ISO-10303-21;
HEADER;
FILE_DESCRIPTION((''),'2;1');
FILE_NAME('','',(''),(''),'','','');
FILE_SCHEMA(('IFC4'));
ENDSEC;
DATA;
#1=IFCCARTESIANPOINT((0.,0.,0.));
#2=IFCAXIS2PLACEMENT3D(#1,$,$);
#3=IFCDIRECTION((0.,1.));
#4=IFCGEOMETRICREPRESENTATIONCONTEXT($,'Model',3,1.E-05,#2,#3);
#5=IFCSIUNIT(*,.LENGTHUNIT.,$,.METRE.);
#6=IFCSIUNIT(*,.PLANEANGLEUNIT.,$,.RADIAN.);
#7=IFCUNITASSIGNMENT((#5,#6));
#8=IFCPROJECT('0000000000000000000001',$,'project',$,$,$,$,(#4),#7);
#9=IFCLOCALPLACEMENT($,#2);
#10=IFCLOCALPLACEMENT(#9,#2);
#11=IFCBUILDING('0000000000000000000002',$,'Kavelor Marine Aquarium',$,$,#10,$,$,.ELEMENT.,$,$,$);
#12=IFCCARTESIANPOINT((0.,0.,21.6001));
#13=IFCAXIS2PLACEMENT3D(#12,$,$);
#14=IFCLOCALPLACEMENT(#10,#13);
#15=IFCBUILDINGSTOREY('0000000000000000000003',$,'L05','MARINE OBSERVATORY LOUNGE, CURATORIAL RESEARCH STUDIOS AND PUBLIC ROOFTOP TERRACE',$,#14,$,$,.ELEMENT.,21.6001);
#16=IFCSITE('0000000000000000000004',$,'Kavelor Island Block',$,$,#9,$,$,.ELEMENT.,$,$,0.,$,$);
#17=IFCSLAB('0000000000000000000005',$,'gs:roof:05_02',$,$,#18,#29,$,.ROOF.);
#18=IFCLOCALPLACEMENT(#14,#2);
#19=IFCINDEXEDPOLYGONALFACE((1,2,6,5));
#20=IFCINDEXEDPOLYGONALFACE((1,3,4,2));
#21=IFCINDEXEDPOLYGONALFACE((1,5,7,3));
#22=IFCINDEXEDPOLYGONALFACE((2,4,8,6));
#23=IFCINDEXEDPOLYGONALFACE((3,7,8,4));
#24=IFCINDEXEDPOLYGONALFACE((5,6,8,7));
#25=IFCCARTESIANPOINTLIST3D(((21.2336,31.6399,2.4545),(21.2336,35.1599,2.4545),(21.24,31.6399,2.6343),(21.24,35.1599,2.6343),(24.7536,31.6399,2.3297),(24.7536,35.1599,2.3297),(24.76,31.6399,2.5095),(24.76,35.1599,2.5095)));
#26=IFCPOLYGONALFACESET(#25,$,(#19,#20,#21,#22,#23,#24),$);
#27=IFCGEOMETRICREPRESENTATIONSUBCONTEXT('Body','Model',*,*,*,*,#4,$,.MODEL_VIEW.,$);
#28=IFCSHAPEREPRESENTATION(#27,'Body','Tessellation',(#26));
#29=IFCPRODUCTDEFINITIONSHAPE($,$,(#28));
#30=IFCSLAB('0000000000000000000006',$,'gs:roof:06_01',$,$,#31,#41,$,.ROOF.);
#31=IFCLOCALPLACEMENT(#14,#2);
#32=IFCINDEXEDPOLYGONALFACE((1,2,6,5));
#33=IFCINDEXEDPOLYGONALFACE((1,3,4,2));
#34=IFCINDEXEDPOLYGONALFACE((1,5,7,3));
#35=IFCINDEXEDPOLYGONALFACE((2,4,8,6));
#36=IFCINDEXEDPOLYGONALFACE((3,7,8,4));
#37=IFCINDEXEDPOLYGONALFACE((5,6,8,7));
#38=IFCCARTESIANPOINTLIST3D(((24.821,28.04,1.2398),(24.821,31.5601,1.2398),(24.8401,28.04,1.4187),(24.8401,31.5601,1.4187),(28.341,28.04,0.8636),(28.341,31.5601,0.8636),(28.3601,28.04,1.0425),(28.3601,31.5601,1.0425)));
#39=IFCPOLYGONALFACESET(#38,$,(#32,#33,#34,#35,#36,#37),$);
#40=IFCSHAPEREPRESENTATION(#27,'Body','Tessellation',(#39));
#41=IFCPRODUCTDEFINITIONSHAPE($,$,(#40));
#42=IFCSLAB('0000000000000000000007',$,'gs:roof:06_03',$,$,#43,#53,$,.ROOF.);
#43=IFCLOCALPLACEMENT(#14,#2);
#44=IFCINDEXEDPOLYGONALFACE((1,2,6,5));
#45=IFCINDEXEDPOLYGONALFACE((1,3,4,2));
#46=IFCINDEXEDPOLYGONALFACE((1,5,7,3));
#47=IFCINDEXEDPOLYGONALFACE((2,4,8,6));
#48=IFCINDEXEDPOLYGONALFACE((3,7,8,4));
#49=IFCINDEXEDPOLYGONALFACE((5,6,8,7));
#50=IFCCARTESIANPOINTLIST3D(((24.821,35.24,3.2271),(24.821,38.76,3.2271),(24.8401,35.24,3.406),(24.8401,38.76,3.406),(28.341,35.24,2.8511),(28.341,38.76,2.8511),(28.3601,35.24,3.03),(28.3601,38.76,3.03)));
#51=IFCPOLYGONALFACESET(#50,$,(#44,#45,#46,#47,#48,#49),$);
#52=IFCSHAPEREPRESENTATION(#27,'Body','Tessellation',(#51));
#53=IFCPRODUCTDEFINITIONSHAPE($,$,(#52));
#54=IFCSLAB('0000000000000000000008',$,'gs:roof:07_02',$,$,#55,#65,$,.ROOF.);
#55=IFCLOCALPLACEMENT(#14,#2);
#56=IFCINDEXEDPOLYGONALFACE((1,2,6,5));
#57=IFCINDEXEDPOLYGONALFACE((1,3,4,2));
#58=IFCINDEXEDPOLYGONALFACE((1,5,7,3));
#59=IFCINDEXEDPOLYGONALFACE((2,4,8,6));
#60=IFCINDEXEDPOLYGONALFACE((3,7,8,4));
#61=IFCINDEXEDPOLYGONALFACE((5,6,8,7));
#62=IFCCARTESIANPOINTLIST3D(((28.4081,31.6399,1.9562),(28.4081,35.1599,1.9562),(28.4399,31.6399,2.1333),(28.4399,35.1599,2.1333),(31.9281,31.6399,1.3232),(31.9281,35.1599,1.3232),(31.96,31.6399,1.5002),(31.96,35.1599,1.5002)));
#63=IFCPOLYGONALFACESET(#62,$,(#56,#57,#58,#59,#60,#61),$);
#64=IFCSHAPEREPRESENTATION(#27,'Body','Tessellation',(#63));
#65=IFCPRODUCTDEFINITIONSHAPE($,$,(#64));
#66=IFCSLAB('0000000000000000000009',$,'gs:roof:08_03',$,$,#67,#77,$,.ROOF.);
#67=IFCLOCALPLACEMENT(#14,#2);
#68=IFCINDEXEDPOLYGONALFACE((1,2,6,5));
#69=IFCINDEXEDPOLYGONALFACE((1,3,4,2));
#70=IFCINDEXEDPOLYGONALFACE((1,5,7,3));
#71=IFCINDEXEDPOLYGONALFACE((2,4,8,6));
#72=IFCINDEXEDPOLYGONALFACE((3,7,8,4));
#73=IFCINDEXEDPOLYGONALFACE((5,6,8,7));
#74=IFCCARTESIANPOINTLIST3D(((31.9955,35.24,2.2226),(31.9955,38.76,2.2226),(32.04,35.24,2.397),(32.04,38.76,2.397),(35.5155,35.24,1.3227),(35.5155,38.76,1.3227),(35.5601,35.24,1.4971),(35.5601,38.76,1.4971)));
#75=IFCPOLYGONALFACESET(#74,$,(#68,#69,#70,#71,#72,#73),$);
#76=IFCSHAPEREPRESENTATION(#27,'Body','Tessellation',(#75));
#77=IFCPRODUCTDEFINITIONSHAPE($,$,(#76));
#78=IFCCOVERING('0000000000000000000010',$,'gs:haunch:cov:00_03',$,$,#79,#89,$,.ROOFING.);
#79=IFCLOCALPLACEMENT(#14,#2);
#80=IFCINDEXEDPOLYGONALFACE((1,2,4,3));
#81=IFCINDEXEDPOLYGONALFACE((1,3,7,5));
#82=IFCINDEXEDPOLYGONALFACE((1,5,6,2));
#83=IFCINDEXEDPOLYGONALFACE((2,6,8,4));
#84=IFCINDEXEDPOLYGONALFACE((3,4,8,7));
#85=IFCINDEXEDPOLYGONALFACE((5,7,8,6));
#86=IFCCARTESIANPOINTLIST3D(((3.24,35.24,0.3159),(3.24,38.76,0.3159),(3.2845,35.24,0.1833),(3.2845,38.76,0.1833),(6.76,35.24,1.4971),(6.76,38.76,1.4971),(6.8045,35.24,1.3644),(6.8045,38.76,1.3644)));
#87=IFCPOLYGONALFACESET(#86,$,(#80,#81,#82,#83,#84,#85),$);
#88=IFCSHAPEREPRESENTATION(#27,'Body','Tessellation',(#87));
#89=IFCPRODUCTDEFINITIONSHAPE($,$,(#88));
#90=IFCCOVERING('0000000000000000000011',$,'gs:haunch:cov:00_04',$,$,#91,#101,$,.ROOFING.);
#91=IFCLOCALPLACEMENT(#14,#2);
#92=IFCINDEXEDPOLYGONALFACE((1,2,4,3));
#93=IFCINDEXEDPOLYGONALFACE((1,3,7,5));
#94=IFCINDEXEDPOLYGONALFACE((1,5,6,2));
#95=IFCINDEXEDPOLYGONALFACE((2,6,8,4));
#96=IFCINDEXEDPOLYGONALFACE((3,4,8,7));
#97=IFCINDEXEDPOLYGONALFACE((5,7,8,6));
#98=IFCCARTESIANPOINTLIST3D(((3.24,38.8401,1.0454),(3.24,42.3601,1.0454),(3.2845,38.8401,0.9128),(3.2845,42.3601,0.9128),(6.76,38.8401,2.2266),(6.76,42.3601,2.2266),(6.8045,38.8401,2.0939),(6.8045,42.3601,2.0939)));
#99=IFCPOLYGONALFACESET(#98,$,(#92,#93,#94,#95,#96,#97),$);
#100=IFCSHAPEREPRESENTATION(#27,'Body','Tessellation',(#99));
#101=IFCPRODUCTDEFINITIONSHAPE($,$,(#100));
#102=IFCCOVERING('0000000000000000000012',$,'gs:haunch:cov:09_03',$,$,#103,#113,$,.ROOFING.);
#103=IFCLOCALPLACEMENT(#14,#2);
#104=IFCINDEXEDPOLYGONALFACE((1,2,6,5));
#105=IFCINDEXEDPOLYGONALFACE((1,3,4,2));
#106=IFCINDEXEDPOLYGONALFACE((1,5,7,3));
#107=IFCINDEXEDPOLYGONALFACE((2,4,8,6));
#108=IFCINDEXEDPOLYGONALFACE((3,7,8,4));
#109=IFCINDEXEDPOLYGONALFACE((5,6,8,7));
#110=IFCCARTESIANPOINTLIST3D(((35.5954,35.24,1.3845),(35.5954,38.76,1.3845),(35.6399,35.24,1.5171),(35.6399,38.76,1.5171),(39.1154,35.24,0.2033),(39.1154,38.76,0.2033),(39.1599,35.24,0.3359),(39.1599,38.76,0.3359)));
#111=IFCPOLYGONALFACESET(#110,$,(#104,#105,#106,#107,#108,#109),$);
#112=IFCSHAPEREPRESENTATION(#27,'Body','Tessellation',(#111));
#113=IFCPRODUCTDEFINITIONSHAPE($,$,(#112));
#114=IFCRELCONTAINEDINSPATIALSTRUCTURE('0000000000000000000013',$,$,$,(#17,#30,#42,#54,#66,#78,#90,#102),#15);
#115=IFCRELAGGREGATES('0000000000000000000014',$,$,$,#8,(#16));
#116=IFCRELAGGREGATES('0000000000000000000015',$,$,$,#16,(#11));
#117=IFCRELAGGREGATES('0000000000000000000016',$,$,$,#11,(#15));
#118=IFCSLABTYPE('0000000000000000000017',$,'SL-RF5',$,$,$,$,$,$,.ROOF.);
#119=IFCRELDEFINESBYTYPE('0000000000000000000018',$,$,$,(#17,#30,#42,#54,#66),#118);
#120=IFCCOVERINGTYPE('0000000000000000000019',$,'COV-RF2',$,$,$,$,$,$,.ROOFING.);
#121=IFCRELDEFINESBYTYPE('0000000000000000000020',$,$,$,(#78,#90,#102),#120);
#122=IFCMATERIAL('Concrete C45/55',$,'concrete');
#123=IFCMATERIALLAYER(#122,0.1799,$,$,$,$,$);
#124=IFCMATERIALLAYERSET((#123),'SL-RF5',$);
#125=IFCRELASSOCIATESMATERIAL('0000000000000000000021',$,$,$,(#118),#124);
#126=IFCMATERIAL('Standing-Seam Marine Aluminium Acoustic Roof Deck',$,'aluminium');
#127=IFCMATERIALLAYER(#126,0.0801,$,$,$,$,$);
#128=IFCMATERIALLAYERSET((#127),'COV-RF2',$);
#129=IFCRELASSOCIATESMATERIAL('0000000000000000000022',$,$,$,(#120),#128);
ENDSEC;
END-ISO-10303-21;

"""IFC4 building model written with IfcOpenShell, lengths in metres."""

from ifc_helpers import new_model, si_unit, direction, frame, origin, place, context, subcontext, project, spatial, polyline, outline, extrude, material, layer, layer_set, type_object, element, save


model = new_model("IFC4")

# Units and contexts
model_context = context("Model", 3, precision=1e-05, world=origin(), true_north=direction((0.0, 1.0)))
body_context = subcontext(model_context, "Body", "Model", "MODEL_VIEW")
ifc_project = project(units=[si_unit("LENGTHUNIT", "METRE"), si_unit("PLANEANGLEUNIT", "RADIAN")], contexts=[model_context])

# Site, building, storey
site_placement = place(None, origin())
site = spatial("IfcSite", under=ifc_project, at=site_placement, Name="Kavelor Island Block", CompositionType="ELEMENT", RefElevation=0.0)
building_placement = place(site_placement, origin())
building = spatial("IfcBuilding", under=site, at=building_placement, Name="Kavelor Marine Aquarium", CompositionType="ELEMENT")
storey_placement = place(building_placement, frame((0.0, 0.0, 21.6001)))
storey = spatial("IfcBuildingStorey", under=building, at=storey_placement, Name="L05", Description="MARINE OBSERVATORY LOUNGE, CURATORIAL RESEARCH STUDIOS AND PUBLIC ROOFTOP TERRACE", CompositionType="ELEMENT", Elevation=21.6001)

# Slabs
ifc_material_1 = material(Name="Concrete C45/55", Category="concrete")
ifc_layer_1 = layer(ifc_material_1, 0.1799)
ifc_layer_set_1 = layer_set([ifc_layer_1], Name="SL-RF5")
slab_type_1 = type_object("IfcSlabType", Name="SL-RF5", PredefinedType="ROOF", material=ifc_layer_set_1)
for number, where, z_axis, x_axis, name in (
    (1, (21.24, 31.6399, 2.6343), (0.03542, 0.0, 0.999373), (0.999373, 0.0, -0.03542), "gs:roof:05_02"),
):
    element("IfcSlab", number, at=place(storey_placement, frame(where, z_axis=z_axis, x_axis=x_axis)), inside=storey, type_object=slab_type_1, Name=name, PredefinedType="ROOF", context=body_context, shape_type="SweptSolid", body=[
        extrude(outline(polyline([(0.0, 0.0), (3.5222, 0.0), (3.5222, 3.52), (0.0, 3.52), (0.0, 0.0)])), origin(), (0.0, 0.0, -1.0), 0.1799),
    ])
slab_1_placement = place(storey_placement, frame((24.8401, 28.04, 1.4187), z_axis=(0.106275, 0.0, 0.994337), x_axis=(0.994337, 0.0, -0.106275)))
element("IfcSlab", 2, at=slab_1_placement, inside=storey, type_object=slab_type_1, Name="gs:roof:06_01", PredefinedType="ROOF", context=body_context, shape_type="SweptSolid", body=[
    extrude(outline(polyline([(0.0, 0.0), (3.5401, 0.0), (3.5401, 3.52), (0.0, 3.52), (0.0, 0.0)])), origin(), (0.0, 0.0, -1.0), 0.1799),
])
slab_2_placement = place(storey_placement, frame((24.8401, 35.24, 3.406), z_axis=(0.106207, 0.0, 0.994344), x_axis=(0.994344, 0.0, -0.106207)))
element("IfcSlab", 3, at=slab_2_placement, inside=storey, type_object=slab_type_1, Name="gs:roof:06_03", PredefinedType="ROOF", context=body_context, shape_type="SweptSolid", body=[
    extrude(outline(polyline([(0.0, 0.0), (3.54, 0.0), (3.54, 3.52), (0.0, 3.52), (0.0, 0.0)])), origin(), (0.0, 0.0, -1.0), 0.1799),
])
slab_3_placement = place(storey_placement, frame((28.4399, 31.6399, 2.1333), z_axis=(0.177005, 0.0, 0.98421), x_axis=(0.98421, 0.0, -0.177005)))
element("IfcSlab", 4, at=slab_3_placement, inside=storey, type_object=slab_type_1, Name="gs:roof:07_02", PredefinedType="ROOF", context=body_context, shape_type="SweptSolid", body=[
    extrude(outline(polyline([(0.0, 0.0), (3.5765, 0.0), (3.5765, 3.52), (0.0, 3.52), (0.0, 0.0)])), origin(), (0.0, 0.0, -1.0), 0.1799),
])
slab_4_placement = place(storey_placement, frame((32.04, 35.24, 2.397), z_axis=(0.247687, 0.0, 0.96884), x_axis=(0.96884, 0.0, -0.247687)))
element("IfcSlab", 5, at=slab_4_placement, inside=storey, type_object=slab_type_1, Name="gs:roof:08_03", PredefinedType="ROOF", context=body_context, shape_type="SweptSolid", body=[
    extrude(outline(polyline([(0.0, 0.0), (3.6332, 0.0), (3.6332, 3.52), (0.0, 3.52), (0.0, 0.0)])), origin(), (0.0, 0.0, -1.0), 0.1799),
])

# Coverings
ifc_material_2 = material(Name="Standing-Seam Marine Aluminium Acoustic Roof Deck", Category="aluminium")
ifc_layer_2 = layer(ifc_material_2, 0.0801)
ifc_layer_set_2 = layer_set([ifc_layer_2], Name="COV-RF2")
covering_type = type_object("IfcCoveringType", Name="COV-RF2", PredefinedType="ROOFING", material=ifc_layer_set_2)
for number, where, z_axis, x_axis, name in (
    (6, (3.24, 35.24, 0.3159), (-0.318121, 0.0, 0.94805), (0.94805, 0.0, 0.318121), "gs:haunch:cov:00_03"),
    (7, (3.24, 38.8401, 1.0454), (-0.318121, 0.0, 0.94805), (0.94805, 0.0, 0.318121), "gs:haunch:cov:00_04"),
    (8, (35.6399, 35.24, 1.5171), (0.318121, 0.0, 0.94805), (0.94805, 0.0, -0.318121), "gs:haunch:cov:09_03"),
):
    element("IfcCovering", number, at=place(storey_placement, frame(where, z_axis=z_axis, x_axis=x_axis)), inside=storey, type_object=covering_type, Name=name, PredefinedType="ROOFING", context=body_context, shape_type="SweptSolid", body=[
        extrude(outline(polyline([(0.0, 0.0), (3.7129, 0.0), (3.7129, 3.52), (0.0, 3.52), (0.0, 0.0)])), origin(), (0.0, 0.0, -1.0), 0.1399),
    ])

save(model, "model.ifc")
